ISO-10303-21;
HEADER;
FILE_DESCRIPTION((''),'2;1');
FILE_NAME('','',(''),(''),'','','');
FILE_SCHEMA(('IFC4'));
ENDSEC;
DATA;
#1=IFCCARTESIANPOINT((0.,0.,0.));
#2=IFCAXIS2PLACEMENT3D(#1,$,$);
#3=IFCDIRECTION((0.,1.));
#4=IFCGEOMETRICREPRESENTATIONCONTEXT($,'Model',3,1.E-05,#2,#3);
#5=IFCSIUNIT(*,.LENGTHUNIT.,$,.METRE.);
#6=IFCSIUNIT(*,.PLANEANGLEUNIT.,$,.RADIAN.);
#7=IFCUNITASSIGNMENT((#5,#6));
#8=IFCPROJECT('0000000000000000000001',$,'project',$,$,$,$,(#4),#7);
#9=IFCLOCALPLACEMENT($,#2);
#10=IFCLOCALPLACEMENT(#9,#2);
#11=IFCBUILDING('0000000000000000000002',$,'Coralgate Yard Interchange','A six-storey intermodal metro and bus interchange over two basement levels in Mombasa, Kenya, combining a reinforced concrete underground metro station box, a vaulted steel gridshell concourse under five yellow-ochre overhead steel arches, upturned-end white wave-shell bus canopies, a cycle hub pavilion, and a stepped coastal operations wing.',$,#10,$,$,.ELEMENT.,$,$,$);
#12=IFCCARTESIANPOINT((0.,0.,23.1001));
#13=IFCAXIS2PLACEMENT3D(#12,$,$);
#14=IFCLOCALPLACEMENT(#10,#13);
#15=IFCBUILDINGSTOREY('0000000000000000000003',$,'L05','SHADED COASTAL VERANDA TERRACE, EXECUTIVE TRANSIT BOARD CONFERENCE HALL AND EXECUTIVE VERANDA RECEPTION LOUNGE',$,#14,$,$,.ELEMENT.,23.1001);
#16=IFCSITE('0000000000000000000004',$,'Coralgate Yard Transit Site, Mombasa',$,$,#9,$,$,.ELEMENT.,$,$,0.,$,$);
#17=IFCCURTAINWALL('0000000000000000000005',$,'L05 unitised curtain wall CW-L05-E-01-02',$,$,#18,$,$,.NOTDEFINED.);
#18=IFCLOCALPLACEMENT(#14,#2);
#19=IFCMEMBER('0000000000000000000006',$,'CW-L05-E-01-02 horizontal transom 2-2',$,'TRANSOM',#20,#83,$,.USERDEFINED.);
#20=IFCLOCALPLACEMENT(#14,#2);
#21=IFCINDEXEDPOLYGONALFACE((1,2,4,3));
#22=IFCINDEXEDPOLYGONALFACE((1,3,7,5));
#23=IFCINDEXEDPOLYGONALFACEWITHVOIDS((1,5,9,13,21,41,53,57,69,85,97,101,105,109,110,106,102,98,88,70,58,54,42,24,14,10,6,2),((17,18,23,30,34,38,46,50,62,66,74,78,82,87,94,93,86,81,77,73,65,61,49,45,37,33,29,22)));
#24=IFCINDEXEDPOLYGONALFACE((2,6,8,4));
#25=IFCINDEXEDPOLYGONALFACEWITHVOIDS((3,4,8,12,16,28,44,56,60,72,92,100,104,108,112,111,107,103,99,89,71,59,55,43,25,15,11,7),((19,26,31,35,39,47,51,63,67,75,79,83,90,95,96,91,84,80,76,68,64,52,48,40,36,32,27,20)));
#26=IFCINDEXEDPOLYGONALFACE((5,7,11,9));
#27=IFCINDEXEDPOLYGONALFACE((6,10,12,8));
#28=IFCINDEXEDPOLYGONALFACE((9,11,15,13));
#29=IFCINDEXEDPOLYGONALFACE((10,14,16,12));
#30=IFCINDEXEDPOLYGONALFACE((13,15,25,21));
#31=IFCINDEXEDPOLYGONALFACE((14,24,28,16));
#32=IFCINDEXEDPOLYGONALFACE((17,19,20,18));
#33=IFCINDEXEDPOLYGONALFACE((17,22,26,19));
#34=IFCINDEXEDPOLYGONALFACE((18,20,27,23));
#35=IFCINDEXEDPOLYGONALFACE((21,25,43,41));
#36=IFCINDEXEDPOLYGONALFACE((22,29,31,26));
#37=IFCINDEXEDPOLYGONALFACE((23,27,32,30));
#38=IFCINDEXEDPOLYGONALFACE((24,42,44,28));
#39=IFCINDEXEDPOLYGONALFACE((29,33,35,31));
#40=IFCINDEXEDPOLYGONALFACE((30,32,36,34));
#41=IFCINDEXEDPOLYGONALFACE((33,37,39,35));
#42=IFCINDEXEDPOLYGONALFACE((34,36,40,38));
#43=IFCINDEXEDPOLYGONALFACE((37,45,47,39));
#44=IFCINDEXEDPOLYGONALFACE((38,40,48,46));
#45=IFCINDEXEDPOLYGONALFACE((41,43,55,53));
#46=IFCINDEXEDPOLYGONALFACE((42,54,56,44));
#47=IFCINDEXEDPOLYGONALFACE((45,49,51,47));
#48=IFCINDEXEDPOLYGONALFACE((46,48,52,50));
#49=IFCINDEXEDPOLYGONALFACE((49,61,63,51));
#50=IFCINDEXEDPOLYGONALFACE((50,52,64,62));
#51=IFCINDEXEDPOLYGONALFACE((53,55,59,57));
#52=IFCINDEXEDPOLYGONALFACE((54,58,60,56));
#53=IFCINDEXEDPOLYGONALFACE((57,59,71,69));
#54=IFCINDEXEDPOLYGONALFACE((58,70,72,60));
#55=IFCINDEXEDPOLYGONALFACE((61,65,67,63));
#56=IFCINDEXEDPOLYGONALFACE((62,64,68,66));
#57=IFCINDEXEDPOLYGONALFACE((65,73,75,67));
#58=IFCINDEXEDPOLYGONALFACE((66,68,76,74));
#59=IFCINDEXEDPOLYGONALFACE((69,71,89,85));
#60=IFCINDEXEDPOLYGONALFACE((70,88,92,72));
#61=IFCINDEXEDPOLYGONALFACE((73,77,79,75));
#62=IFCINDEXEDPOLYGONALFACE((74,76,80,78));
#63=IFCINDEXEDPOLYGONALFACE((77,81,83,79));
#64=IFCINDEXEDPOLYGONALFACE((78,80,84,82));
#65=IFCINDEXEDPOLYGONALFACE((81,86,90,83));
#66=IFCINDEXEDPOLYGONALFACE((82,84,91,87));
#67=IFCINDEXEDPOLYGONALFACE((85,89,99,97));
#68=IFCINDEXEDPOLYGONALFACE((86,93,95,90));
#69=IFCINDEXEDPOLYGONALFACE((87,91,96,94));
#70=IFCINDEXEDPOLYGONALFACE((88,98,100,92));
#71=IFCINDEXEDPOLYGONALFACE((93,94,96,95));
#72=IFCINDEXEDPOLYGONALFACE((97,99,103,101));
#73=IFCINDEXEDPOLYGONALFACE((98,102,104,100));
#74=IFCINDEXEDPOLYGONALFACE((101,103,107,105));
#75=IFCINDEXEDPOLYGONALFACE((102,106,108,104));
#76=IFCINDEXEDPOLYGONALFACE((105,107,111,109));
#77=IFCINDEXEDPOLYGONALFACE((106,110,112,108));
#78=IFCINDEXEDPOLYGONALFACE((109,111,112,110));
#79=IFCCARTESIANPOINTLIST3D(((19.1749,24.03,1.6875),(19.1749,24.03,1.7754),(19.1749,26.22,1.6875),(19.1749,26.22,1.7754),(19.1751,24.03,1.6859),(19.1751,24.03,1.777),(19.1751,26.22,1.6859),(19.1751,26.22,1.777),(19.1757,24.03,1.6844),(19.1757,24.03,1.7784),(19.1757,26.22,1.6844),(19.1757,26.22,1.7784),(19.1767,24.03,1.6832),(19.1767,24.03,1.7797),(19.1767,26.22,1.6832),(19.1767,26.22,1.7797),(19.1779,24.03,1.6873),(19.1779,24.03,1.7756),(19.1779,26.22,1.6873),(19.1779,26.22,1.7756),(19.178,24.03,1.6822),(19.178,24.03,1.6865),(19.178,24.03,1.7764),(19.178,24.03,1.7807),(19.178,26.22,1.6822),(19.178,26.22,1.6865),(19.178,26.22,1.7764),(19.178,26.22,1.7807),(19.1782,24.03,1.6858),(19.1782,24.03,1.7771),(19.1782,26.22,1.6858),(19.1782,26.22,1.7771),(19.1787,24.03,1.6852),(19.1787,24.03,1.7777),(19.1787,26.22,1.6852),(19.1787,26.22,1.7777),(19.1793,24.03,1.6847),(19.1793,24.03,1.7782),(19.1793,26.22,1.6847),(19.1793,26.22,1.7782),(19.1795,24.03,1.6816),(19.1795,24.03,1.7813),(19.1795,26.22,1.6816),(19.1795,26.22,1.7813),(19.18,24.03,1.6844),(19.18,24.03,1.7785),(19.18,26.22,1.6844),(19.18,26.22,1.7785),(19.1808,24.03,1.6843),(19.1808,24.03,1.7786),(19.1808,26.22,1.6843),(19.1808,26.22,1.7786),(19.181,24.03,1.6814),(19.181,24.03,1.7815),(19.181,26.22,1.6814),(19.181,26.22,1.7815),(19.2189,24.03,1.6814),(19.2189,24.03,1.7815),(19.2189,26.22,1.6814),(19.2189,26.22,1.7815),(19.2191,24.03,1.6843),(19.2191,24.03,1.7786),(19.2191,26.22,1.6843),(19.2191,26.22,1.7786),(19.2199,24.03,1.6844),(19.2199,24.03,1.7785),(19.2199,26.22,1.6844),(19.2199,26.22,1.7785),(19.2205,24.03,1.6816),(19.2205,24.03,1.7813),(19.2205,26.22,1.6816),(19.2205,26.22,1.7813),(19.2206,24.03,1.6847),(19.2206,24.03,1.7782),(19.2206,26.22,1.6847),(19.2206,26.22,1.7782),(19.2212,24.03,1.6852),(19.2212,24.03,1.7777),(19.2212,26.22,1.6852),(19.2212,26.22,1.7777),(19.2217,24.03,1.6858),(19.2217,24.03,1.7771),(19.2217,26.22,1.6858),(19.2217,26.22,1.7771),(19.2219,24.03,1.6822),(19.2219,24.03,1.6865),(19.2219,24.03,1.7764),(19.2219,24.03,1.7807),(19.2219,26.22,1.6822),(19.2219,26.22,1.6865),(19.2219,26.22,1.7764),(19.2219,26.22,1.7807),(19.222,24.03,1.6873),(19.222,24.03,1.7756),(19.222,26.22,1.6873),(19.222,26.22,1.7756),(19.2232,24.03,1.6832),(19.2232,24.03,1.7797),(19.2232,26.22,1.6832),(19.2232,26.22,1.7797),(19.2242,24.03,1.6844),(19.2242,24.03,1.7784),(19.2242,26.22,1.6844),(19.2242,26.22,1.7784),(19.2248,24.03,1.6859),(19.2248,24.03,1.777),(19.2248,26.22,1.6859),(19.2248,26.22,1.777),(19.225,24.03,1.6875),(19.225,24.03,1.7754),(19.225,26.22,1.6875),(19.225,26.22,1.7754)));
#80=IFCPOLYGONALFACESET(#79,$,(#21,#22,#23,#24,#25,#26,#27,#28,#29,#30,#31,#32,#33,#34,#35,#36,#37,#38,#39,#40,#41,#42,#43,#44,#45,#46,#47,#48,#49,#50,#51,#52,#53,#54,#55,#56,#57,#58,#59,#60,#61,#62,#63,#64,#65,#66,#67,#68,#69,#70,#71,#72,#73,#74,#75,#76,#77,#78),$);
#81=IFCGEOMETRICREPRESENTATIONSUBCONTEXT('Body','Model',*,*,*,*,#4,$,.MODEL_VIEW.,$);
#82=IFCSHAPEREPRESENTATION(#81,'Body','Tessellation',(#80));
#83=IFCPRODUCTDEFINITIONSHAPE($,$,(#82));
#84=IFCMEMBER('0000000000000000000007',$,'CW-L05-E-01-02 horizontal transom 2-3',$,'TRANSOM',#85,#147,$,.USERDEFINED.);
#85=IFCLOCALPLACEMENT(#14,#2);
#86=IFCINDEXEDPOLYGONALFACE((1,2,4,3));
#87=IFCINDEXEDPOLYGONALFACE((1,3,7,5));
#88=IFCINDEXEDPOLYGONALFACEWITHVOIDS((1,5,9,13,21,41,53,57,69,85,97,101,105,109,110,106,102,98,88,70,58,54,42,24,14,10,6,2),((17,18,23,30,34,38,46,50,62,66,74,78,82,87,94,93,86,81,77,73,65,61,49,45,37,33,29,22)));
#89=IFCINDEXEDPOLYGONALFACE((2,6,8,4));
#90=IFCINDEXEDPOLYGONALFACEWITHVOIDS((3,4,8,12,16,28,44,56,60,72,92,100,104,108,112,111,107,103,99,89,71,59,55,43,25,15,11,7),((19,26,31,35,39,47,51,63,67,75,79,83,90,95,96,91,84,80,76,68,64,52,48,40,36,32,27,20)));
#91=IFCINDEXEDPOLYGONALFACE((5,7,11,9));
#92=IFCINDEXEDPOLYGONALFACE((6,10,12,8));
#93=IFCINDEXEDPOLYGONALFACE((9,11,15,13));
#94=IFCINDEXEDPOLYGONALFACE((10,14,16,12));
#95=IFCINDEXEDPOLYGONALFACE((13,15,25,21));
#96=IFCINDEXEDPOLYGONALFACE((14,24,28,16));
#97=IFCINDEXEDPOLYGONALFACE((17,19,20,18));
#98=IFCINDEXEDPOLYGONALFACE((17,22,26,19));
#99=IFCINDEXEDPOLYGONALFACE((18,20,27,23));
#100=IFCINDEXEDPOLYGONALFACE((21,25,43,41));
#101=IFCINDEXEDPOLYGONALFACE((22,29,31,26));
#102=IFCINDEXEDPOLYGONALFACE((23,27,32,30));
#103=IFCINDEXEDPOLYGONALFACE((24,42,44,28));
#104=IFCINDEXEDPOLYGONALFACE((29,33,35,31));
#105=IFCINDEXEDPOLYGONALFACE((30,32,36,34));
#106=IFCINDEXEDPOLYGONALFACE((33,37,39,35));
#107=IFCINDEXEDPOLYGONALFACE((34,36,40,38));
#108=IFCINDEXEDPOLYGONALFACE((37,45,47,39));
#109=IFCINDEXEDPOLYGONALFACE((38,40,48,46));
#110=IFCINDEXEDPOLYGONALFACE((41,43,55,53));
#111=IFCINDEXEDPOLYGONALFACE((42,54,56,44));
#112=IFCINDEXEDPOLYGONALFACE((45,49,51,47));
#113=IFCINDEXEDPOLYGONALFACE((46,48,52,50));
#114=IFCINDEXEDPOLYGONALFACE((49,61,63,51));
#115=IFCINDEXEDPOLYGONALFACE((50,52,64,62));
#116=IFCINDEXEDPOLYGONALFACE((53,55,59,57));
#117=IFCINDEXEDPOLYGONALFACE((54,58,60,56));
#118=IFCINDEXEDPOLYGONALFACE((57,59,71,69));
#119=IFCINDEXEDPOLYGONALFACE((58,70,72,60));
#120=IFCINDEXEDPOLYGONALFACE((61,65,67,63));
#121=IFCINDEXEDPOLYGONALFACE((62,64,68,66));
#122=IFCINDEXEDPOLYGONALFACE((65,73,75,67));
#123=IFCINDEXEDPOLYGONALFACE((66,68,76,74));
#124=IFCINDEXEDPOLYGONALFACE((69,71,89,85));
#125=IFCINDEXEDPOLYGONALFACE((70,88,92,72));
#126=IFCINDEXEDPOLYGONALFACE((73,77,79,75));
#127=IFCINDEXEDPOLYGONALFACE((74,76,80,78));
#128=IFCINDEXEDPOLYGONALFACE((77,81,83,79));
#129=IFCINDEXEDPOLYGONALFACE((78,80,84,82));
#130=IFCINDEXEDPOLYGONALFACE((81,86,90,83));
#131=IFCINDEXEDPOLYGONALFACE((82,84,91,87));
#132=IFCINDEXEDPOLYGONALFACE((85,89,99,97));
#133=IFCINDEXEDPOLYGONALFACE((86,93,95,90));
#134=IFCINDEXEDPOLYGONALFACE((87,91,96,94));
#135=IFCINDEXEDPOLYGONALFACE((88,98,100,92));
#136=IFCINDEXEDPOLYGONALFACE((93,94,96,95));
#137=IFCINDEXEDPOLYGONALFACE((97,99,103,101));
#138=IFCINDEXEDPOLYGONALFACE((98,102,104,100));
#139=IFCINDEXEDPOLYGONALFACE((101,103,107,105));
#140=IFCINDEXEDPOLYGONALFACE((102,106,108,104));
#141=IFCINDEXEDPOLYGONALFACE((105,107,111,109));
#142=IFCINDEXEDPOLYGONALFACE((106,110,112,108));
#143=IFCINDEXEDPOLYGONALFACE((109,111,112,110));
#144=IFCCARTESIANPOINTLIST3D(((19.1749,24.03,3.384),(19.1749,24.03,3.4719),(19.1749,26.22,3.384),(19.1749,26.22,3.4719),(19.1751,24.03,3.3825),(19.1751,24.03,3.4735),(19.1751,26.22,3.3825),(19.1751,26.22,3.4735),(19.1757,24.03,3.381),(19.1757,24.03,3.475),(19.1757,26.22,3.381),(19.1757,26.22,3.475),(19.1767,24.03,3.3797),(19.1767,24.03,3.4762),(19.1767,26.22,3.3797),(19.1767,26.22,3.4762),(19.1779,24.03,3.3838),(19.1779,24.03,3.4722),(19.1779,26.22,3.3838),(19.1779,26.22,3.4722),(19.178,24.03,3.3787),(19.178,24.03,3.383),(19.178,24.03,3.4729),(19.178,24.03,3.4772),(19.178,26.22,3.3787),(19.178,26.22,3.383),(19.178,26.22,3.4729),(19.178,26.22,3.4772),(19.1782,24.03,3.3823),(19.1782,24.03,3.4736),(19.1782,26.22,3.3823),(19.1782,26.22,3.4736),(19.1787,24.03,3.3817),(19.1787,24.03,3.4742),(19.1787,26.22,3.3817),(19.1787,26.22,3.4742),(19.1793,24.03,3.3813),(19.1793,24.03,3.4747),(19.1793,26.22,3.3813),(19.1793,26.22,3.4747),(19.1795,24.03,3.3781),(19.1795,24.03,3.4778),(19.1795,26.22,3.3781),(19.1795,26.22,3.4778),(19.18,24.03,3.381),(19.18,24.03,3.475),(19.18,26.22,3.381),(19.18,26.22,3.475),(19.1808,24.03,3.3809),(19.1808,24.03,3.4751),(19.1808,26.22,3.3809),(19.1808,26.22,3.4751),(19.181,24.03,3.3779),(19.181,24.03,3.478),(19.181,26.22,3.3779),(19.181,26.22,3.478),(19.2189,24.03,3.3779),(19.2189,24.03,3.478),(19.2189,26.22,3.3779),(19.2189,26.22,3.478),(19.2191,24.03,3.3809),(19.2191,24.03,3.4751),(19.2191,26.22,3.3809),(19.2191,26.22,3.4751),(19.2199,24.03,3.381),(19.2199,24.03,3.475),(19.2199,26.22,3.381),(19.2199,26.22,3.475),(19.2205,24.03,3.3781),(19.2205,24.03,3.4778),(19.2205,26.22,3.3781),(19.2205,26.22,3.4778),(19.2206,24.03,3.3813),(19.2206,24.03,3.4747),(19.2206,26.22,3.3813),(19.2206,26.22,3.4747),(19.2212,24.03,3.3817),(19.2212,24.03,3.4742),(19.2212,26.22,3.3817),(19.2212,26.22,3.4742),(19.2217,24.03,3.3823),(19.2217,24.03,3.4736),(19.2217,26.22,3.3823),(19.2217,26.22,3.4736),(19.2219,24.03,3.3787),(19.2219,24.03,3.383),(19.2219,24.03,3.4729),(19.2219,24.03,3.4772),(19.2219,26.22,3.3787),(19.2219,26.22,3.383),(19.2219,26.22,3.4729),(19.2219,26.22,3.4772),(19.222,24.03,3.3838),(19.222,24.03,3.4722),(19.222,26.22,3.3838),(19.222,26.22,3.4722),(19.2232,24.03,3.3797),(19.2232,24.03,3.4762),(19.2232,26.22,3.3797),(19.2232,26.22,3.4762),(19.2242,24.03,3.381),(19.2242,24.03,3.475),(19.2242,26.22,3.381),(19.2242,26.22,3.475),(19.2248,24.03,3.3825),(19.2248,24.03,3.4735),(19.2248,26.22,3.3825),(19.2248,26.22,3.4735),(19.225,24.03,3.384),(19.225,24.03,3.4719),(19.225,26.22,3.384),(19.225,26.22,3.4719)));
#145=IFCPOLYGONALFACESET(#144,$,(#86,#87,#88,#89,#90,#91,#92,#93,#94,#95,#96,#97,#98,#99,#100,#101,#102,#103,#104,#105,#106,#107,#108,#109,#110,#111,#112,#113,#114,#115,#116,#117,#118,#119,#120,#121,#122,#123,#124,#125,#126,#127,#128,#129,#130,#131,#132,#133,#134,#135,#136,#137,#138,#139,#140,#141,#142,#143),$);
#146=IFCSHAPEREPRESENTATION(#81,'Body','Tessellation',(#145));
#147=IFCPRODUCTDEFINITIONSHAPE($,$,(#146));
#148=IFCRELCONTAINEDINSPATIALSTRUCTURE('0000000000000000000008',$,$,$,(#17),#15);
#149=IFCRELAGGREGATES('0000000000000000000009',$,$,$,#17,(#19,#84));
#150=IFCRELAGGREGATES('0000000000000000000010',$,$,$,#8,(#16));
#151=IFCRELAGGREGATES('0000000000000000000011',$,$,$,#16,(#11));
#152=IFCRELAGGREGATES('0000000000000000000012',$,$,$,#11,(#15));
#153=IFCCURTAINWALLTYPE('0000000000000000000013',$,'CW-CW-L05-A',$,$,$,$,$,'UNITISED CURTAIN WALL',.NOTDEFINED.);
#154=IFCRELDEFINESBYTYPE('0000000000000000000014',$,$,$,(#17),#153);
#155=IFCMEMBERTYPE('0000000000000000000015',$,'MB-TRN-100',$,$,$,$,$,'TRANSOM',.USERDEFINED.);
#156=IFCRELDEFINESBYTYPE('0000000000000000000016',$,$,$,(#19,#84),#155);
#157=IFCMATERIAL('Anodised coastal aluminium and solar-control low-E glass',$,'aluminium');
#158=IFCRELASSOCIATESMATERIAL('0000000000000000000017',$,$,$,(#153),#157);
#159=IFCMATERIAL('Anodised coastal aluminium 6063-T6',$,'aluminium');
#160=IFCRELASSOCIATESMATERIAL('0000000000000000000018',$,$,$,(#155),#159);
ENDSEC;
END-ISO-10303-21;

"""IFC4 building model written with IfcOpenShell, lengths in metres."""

from ifc_helpers import new_model, si_unit, direction, frame, origin, origin_2d, place, context, subcontext, project, spatial, hollow_rectangle, extrude, material, material_profile, profile_set, type_object, element, aggregate, save


model = new_model("IFC4")

# Units and contexts
model_context = context("Model", 3, precision=1e-05, world=origin(), true_north=direction((0.0, 1.0)))
body_context = subcontext(model_context, "Body", "Model", "MODEL_VIEW")
ifc_project = project(units=[si_unit("LENGTHUNIT", "METRE"), si_unit("PLANEANGLEUNIT", "RADIAN")], contexts=[model_context])

# Site, building, storey
site_placement = place(None, origin())
site = spatial("IfcSite", under=ifc_project, at=site_placement, Name="Coralgate Yard Transit Site, Mombasa", CompositionType="ELEMENT", RefElevation=0.0)
building_placement = place(site_placement, origin())
building = spatial("IfcBuilding", under=site, at=building_placement, Name="Coralgate Yard Interchange", Description="A six-storey intermodal metro and bus interchange over two basement levels in Mombasa, Kenya, combining a reinforced concrete underground metro station box, a vaulted steel gridshell concourse under five yellow-ochre overhead steel arches, upturned-end white wave-shell bus canopies, a cycle hub pavilion, and a stepped coastal operations wing.", CompositionType="ELEMENT")
storey_placement = place(building_placement, frame((0.0, 0.0, 23.1001)))
storey = spatial("IfcBuildingStorey", under=building, at=storey_placement, Name="L05", Description="SHADED COASTAL VERANDA TERRACE, EXECUTIVE TRANSIT BOARD CONFERENCE HALL AND EXECUTIVE VERANDA RECEPTION LOUNGE", CompositionType="ELEMENT", Elevation=23.1001)

# Curtain wall, members
ifc_material_1 = material(Name="Anodised coastal aluminium and solar-control low-E glass", Category="aluminium")
curtain_wall_type = type_object("IfcCurtainWallType", Name="CW-CW-L05-A", ElementType="UNITISED CURTAIN WALL", PredefinedType="NOTDEFINED", material=ifc_material_1)
curtain_wall_placement = place(storey_placement, origin())
curtain_wall = element("IfcCurtainWall", 1, at=curtain_wall_placement, inside=storey, type_object=curtain_wall_type, Name="L05 unitised curtain wall CW-L05-E-01-02", PredefinedType="NOTDEFINED")
ifc_material_2 = material(Name="Anodised coastal aluminium 6063-T6", Category="aluminium")
ifc_material_profile_1 = material_profile(ifc_material_2, hollow_rectangle(XDim=0.05, YDim=0.1001, WallThickness=0.0029, InnerFilletRadius=0.0029, OuterFilletRadius=0.0061, at=origin_2d()), Name="ALU 50x100x3")
ifc_profile_set_1 = profile_set([ifc_material_profile_1], Name="Anodised coastal aluminium 6063-T6")
member_type_1 = type_object("IfcMemberType", Name="MB-TRN-100", ElementType="TRANSOM", PredefinedType="USERDEFINED", material=ifc_profile_set_1)
member_1_placement = place(storey_placement, frame((19.2, 26.22, 1.7314), z_axis=(0.0, -1.0, 0.0), x_axis=(1.0, 0.0, 0.0)))
member_1 = element("IfcMember", 2, at=member_1_placement, type_object=member_type_1, Name="CW-L05-E-01-02 horizontal transom 2-2", ObjectType="TRANSOM", PredefinedType="USERDEFINED", context=body_context, shape_type="SweptSolid", body=[
    extrude(hollow_rectangle(XDim=0.05, YDim=0.1001, WallThickness=0.0029, InnerFilletRadius=0.0029, OuterFilletRadius=0.0061, at=origin_2d()), origin(), (0.0, 0.0, 1.0), 2.1899),
])
member_2_placement = place(storey_placement, frame((19.2, 26.22, 3.428), z_axis=(0.0, -1.0, 0.0), x_axis=(1.0, 0.0, 0.0)))
member_2 = element("IfcMember", 3, at=member_2_placement, type_object=member_type_1, Name="CW-L05-E-01-02 horizontal transom 2-3", ObjectType="TRANSOM", PredefinedType="USERDEFINED", context=body_context, shape_type="SweptSolid", body=[
    extrude(hollow_rectangle(XDim=0.05, YDim=0.1001, WallThickness=0.0029, InnerFilletRadius=0.0029, OuterFilletRadius=0.0061, at=origin_2d()), origin(), (0.0, 0.0, 1.0), 2.1899),
])
aggregate(curtain_wall, [member_1, member_2])

save(model, "model.ifc")
